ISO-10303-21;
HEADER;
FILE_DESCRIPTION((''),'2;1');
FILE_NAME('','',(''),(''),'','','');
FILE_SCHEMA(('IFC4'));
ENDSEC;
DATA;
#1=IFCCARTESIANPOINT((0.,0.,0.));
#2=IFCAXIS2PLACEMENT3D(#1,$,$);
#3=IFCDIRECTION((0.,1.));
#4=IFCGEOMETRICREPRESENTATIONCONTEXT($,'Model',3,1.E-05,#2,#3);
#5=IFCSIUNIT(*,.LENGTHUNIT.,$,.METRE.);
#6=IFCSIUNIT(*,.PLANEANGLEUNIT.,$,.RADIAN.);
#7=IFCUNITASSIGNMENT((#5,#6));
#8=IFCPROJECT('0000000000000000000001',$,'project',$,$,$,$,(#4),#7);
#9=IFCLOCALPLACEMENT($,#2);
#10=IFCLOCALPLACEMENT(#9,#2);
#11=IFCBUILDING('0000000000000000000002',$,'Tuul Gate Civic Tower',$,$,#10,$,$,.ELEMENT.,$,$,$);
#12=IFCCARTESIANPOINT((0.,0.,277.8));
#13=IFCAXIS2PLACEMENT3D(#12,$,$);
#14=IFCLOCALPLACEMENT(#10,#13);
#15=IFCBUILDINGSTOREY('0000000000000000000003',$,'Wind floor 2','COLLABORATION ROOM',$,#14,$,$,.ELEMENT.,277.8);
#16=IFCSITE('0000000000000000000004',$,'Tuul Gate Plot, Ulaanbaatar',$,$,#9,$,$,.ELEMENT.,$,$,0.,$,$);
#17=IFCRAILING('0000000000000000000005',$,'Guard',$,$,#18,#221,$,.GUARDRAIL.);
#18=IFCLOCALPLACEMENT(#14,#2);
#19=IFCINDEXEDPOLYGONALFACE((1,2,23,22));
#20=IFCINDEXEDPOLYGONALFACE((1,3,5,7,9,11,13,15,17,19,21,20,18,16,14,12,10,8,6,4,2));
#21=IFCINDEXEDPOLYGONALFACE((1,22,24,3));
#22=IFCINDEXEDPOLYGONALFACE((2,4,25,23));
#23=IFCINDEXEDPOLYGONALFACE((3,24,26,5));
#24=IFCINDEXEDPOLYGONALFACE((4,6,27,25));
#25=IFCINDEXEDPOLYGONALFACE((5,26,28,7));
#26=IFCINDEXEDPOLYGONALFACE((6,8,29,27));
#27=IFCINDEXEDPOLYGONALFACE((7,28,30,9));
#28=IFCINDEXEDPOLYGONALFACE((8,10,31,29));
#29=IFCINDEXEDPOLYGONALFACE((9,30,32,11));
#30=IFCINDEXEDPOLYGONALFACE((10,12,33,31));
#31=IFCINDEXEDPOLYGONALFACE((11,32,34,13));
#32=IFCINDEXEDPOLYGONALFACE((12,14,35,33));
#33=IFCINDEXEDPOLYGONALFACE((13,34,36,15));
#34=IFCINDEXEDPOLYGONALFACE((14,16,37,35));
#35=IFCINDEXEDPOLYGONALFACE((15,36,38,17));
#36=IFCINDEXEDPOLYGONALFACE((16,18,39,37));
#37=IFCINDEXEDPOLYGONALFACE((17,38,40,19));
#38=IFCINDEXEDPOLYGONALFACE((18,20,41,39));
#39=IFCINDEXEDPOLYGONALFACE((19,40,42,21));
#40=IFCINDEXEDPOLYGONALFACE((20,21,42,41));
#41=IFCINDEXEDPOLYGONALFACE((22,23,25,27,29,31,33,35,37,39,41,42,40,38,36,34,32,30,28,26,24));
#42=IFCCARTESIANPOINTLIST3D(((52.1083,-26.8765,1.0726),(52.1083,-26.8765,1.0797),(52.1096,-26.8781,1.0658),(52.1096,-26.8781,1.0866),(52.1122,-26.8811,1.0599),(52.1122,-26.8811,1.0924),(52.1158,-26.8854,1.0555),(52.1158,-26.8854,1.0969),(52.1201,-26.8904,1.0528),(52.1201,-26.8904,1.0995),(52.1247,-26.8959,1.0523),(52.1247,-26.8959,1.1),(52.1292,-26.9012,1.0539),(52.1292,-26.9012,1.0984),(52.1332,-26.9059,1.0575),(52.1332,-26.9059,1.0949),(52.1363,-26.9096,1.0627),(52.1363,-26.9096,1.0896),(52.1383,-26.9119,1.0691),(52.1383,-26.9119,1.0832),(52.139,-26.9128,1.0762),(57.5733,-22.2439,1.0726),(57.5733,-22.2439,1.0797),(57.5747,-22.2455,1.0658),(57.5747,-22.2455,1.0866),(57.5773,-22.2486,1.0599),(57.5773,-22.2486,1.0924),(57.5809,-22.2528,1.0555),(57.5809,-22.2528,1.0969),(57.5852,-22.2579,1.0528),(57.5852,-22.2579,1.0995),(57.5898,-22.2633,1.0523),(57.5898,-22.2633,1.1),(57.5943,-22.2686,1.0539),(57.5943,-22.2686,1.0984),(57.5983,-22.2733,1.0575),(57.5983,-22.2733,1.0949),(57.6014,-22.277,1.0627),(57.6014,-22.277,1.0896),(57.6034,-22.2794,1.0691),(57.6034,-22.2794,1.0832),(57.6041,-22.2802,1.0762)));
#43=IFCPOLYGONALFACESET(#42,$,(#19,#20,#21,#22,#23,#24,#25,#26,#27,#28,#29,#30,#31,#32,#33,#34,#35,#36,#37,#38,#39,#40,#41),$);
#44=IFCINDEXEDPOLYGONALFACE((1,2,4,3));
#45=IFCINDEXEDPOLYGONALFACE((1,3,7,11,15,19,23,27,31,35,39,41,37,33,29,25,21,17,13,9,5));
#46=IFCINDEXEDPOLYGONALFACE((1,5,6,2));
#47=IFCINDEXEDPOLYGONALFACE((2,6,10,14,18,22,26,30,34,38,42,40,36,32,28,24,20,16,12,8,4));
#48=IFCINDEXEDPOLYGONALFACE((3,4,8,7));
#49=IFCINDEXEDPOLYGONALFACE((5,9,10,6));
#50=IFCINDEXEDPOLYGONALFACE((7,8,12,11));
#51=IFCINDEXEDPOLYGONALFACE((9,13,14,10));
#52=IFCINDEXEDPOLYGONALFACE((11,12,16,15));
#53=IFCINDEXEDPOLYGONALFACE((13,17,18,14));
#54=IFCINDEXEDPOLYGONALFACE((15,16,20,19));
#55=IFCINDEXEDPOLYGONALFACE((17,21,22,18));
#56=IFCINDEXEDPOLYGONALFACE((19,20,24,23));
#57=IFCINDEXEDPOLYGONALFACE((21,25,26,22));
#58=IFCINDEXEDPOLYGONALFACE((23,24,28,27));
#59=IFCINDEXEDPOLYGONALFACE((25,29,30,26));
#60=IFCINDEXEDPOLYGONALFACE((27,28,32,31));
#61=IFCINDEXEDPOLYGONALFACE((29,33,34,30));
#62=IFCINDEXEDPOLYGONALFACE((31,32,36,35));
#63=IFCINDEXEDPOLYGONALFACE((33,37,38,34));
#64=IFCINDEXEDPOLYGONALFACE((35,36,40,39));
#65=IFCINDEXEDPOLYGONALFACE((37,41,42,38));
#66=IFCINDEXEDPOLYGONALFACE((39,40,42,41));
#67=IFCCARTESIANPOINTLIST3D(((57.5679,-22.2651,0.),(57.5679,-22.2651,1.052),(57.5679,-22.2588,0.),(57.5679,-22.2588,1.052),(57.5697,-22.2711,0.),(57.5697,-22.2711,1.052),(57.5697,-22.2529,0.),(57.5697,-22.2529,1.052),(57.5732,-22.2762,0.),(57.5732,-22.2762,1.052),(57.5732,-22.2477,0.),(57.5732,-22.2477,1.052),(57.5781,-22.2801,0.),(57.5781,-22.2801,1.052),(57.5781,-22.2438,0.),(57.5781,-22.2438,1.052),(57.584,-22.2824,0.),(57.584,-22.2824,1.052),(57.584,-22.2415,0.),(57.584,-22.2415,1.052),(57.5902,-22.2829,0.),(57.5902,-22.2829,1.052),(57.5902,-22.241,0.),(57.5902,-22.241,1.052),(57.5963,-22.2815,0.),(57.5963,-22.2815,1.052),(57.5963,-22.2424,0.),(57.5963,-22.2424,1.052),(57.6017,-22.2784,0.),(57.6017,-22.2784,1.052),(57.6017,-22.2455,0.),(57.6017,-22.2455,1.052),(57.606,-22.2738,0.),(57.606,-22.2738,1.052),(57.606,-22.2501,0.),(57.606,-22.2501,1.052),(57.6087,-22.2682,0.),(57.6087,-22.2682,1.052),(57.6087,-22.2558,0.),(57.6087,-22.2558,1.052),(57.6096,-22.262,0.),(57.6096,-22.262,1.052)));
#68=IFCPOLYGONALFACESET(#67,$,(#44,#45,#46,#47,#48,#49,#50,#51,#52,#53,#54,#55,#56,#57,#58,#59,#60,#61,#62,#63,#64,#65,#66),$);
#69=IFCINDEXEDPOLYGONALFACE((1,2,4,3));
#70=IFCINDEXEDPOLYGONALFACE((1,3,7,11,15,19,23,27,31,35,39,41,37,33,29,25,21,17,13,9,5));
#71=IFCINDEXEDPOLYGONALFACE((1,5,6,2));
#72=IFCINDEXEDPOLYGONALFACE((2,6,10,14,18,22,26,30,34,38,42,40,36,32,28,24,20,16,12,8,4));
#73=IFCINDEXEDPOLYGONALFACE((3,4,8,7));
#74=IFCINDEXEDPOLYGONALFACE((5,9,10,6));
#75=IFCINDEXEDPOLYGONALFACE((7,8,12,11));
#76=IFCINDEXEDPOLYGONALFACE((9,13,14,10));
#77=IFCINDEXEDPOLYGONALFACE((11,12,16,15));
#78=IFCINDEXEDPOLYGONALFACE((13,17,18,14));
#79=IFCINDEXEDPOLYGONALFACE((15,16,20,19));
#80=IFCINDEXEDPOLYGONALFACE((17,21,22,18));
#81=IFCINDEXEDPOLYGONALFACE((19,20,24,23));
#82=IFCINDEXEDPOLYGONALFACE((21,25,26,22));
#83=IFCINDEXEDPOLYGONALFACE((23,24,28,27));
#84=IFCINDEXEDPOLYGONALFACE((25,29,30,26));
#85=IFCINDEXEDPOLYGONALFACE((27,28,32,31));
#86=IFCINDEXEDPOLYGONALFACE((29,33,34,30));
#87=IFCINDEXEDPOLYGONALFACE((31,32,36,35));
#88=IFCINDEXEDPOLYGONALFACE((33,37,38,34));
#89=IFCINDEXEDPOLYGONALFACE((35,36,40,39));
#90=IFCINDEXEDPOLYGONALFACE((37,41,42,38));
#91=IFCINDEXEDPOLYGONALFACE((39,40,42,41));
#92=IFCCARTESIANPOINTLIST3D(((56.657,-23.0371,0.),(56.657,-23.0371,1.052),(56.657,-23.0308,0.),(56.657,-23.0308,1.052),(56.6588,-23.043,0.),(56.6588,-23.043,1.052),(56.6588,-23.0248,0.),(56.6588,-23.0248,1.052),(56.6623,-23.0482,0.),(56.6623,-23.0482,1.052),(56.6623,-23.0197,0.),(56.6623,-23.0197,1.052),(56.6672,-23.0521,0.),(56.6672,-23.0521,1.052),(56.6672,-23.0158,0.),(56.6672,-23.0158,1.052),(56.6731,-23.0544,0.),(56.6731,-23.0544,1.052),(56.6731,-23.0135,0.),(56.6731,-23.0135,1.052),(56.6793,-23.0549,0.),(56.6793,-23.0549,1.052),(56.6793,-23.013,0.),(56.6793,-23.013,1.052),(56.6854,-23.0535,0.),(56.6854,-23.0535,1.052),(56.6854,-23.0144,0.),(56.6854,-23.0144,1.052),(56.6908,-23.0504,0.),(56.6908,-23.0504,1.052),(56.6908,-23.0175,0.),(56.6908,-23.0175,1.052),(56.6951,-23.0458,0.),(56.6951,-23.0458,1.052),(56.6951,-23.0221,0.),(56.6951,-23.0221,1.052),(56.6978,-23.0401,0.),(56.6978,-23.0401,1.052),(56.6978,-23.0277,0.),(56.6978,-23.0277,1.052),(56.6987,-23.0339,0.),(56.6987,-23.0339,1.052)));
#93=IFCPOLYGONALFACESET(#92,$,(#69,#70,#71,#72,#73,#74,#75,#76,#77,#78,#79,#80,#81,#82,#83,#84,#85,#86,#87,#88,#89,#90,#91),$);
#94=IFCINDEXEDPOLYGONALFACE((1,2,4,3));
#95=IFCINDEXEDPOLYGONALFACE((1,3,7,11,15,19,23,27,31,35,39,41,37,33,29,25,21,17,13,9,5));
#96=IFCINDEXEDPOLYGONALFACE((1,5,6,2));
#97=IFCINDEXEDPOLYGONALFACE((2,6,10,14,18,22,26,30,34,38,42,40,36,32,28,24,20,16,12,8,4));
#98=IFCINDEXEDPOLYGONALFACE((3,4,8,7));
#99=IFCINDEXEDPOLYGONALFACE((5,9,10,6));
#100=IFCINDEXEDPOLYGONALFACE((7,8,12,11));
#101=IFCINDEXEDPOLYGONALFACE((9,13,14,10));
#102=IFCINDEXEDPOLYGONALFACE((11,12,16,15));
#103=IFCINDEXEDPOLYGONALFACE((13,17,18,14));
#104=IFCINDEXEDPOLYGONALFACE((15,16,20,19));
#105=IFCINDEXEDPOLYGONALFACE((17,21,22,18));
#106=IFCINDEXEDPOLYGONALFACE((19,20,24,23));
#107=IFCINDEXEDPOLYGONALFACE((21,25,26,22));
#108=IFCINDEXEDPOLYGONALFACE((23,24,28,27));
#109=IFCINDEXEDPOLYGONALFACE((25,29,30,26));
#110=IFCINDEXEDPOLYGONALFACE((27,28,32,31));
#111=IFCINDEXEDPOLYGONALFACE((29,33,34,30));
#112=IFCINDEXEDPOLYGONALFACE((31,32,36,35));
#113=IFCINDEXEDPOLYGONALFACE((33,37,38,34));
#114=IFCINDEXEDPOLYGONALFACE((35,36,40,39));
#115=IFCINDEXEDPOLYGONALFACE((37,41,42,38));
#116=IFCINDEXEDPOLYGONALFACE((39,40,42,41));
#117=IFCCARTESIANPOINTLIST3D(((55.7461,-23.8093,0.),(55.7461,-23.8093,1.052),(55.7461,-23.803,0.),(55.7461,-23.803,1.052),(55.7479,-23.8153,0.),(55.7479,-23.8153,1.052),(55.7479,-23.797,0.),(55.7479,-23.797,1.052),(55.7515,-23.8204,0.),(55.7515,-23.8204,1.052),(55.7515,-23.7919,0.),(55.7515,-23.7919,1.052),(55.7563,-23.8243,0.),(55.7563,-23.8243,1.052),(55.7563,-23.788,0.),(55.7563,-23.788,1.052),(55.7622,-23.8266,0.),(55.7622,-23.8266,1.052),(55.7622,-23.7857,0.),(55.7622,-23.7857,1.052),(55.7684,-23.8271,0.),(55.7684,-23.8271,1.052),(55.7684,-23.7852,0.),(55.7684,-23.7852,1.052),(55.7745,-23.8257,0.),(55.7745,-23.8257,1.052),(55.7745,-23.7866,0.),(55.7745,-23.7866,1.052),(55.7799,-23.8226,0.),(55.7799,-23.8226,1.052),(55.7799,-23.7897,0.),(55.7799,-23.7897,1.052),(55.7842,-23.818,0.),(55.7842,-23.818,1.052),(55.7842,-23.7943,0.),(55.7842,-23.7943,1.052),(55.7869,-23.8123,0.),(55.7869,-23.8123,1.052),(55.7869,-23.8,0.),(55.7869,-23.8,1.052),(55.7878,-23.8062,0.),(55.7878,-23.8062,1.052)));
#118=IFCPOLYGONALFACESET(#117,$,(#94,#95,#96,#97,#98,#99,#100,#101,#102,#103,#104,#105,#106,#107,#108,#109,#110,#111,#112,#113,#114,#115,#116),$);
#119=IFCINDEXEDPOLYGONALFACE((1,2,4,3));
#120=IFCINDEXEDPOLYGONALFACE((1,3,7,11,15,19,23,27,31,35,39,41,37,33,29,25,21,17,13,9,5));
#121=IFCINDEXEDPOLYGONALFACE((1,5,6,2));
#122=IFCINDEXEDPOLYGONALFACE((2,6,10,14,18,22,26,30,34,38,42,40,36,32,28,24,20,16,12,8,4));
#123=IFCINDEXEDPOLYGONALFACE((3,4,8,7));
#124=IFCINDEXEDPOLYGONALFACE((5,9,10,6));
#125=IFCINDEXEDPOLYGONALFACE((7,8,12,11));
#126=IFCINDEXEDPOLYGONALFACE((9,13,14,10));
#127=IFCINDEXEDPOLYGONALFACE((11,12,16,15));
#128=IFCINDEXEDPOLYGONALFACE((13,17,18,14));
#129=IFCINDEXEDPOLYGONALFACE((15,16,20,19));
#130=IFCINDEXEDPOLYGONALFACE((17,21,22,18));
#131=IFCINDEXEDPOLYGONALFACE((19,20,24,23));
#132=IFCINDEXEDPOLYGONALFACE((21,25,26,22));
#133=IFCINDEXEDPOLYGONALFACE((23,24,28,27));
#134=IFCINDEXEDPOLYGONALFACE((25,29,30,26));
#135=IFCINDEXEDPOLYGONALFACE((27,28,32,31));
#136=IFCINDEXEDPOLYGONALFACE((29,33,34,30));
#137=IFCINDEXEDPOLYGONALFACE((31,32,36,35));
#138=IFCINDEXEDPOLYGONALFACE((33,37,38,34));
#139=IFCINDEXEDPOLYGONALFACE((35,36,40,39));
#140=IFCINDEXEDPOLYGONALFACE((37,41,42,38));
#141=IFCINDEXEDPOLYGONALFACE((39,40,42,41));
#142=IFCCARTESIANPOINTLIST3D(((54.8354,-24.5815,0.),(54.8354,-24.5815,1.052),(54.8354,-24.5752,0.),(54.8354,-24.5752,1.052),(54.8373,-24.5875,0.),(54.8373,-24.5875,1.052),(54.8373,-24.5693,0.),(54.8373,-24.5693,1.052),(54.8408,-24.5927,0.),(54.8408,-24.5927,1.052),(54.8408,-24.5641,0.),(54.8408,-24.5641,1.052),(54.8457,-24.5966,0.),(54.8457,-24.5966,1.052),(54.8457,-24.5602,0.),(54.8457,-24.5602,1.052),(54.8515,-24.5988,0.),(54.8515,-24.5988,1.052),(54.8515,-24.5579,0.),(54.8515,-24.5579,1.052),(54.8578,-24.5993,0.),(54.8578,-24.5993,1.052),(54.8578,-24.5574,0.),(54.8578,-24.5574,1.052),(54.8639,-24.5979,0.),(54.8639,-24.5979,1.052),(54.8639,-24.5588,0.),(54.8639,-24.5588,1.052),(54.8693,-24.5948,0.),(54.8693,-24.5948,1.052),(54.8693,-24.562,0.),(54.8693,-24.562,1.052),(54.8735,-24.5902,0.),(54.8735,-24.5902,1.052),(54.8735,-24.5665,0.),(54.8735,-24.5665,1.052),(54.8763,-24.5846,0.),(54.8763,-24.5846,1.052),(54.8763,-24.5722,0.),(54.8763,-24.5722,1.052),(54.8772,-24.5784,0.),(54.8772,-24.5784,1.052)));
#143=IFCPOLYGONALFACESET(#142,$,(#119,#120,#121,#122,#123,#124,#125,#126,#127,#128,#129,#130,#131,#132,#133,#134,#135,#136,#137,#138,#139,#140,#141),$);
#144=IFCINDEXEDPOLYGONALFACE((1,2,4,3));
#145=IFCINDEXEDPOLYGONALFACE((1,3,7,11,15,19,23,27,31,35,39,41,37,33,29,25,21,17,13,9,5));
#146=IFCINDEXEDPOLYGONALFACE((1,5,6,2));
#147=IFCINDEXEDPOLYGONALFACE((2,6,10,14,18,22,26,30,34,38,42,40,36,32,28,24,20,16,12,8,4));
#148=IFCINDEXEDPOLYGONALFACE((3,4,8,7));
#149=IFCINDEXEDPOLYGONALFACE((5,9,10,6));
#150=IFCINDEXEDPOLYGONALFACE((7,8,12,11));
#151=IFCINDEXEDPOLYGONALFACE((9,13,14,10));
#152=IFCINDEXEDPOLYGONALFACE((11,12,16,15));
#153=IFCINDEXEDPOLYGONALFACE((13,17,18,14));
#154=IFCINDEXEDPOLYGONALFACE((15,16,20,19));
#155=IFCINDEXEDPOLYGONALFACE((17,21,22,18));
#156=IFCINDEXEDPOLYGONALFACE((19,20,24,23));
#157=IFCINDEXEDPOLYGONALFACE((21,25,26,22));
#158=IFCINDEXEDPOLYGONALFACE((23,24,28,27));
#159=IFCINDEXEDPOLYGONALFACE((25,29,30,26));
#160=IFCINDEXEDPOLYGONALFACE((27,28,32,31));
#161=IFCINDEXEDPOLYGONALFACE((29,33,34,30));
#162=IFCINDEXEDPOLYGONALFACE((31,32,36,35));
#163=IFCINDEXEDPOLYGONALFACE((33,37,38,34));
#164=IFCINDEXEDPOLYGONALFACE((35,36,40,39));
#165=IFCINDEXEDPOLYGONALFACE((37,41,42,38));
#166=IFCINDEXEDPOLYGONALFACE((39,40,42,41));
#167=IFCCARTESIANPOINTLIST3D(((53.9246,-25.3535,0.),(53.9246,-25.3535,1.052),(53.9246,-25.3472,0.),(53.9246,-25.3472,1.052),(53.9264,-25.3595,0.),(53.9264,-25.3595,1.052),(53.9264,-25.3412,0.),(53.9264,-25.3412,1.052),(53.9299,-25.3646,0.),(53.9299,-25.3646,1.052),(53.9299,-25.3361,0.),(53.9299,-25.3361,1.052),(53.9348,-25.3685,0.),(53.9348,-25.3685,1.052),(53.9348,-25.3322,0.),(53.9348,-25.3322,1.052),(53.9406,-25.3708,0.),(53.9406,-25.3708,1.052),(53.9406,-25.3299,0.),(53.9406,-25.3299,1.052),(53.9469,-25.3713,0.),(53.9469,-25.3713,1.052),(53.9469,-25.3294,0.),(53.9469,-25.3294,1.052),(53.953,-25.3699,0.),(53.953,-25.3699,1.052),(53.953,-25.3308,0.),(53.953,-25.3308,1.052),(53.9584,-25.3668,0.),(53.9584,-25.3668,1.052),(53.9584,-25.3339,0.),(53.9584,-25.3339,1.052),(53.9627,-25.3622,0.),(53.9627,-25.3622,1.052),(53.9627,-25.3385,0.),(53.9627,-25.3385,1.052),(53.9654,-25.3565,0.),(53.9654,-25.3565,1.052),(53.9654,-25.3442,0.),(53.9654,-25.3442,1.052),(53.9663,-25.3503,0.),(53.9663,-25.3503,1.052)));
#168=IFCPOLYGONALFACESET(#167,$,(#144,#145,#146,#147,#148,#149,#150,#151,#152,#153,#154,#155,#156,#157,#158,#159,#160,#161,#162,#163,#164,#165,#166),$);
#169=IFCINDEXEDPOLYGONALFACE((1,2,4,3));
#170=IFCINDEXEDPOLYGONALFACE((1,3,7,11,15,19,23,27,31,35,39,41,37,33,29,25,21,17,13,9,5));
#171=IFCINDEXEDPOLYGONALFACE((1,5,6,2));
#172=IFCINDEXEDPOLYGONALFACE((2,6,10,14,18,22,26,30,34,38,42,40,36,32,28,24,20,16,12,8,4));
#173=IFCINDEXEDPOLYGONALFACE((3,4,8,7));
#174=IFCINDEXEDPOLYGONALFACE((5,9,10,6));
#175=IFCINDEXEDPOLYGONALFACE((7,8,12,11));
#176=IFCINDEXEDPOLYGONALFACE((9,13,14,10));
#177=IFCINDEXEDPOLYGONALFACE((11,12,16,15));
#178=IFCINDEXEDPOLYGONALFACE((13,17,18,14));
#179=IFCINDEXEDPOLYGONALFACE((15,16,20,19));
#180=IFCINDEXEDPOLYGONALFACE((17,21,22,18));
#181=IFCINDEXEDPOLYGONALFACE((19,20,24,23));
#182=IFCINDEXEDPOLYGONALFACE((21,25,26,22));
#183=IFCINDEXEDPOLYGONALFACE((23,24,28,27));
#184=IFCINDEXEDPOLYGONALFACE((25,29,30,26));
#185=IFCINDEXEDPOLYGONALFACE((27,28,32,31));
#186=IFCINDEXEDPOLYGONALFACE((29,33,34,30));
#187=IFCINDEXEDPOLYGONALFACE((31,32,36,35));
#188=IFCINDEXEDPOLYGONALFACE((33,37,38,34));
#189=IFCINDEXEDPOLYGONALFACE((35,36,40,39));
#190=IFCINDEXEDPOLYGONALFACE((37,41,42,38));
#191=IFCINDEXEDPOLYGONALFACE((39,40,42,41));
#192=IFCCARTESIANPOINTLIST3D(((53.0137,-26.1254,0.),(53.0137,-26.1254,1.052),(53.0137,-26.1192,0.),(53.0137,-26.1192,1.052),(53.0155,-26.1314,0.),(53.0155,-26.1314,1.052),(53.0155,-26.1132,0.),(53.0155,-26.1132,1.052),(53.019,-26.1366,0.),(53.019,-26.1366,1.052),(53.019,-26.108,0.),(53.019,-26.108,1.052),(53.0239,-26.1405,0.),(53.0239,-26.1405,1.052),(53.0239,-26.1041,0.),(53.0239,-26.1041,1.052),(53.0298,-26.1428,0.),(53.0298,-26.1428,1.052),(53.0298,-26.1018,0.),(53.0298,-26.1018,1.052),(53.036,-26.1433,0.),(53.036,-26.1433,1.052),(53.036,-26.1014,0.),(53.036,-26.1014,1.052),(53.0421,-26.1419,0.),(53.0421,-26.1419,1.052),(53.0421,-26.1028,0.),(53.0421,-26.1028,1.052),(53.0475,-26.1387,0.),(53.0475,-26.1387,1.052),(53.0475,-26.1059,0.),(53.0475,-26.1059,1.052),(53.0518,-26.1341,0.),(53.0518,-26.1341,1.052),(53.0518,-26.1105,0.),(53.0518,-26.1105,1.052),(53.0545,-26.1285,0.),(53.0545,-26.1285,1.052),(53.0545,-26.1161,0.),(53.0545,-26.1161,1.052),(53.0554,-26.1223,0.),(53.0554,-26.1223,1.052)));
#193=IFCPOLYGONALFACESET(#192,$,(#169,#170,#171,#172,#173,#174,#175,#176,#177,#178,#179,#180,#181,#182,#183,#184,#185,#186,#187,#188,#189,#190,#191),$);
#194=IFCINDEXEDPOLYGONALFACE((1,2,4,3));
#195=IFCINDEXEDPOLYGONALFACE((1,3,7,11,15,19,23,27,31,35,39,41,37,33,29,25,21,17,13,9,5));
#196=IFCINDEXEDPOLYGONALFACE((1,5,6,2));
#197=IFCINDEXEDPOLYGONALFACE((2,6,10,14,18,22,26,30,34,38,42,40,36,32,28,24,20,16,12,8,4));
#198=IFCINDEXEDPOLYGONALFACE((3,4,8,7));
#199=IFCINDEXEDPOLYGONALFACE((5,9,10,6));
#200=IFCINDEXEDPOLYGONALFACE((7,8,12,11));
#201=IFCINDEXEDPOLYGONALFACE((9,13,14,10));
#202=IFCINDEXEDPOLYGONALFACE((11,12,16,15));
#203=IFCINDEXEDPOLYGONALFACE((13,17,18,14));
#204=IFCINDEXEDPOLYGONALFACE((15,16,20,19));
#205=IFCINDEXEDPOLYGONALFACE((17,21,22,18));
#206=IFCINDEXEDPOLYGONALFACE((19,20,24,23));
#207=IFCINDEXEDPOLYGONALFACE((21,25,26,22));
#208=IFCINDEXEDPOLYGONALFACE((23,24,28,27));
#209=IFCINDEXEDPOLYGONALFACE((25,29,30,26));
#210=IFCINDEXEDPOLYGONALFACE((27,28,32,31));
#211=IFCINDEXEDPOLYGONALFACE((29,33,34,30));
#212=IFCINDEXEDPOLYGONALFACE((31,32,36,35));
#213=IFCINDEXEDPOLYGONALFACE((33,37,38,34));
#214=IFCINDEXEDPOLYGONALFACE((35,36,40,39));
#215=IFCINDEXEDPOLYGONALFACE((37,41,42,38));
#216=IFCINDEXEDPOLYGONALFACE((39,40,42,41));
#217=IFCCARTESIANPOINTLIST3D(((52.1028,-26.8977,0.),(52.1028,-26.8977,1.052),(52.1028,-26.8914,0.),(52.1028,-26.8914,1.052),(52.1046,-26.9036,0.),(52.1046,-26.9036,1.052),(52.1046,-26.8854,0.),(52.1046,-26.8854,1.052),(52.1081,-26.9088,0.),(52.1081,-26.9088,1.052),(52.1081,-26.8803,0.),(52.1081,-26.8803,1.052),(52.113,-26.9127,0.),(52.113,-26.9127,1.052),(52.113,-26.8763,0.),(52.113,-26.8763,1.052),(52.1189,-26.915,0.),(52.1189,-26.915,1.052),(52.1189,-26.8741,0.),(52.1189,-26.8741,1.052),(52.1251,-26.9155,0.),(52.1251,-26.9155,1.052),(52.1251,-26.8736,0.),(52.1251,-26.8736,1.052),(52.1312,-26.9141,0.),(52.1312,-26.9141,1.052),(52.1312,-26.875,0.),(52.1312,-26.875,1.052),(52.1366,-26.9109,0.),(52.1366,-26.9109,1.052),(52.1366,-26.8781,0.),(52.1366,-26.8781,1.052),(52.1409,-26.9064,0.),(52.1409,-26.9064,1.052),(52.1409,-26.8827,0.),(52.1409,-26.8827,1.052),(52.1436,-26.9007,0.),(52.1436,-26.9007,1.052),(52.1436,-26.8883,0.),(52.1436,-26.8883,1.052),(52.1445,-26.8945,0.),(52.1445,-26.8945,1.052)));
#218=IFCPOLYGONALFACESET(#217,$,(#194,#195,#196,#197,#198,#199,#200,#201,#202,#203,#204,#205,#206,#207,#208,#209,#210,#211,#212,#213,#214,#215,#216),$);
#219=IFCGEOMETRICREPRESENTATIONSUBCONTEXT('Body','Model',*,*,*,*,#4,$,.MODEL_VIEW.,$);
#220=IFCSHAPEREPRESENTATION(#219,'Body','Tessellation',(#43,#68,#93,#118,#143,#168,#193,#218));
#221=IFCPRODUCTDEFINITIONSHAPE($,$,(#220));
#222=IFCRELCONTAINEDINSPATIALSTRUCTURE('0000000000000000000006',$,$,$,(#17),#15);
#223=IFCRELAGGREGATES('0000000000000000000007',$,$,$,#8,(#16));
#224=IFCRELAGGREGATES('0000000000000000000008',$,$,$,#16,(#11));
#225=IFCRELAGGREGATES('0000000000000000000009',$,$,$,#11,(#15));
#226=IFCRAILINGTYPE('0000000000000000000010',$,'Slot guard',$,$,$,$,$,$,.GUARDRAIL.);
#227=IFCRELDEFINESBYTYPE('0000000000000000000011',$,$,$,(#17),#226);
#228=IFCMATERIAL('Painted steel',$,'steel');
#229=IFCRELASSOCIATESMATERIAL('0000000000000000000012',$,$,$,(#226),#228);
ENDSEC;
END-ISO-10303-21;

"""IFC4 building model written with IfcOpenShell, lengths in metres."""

from ifc_helpers import new_model, si_unit, direction, frame, origin, origin_2d, place, context, subcontext, project, spatial, circle, extrude, material, type_object, element, save


model = new_model("IFC4")

# Units and contexts
model_context = context("Model", 3, precision=1e-05, world=origin(), true_north=direction((0.0, 1.0)))
body_context = subcontext(model_context, "Body", "Model", "MODEL_VIEW")
ifc_project = project(units=[si_unit("LENGTHUNIT", "METRE"), si_unit("PLANEANGLEUNIT", "RADIAN")], contexts=[model_context])

# Site, building, storey
site_placement = place(None, origin())
site = spatial("IfcSite", under=ifc_project, at=site_placement, Name="Tuul Gate Plot, Ulaanbaatar", CompositionType="ELEMENT", RefElevation=0.0)
building_placement = place(site_placement, origin())
building = spatial("IfcBuilding", under=site, at=building_placement, Name="Tuul Gate Civic Tower", CompositionType="ELEMENT")
storey_placement = place(building_placement, frame((0.0, 0.0, 277.8)))
storey = spatial("IfcBuildingStorey", under=building, at=storey_placement, Name="Wind floor 2", Description="COLLABORATION ROOM", CompositionType="ELEMENT", Elevation=277.8)

# Railing
ifc_material_1 = material(Name="Painted steel", Category="steel")
railing_type = type_object("IfcRailingType", Name="Slot guard", PredefinedType="GUARDRAIL", material=ifc_material_1)
railing_1_placement = place(storey_placement, frame((57.5886, -22.262, 0.0)))
element("IfcRailing", 1, at=railing_1_placement, inside=storey, type_object=railing_type, Name="Guard", PredefinedType="GUARDRAIL", context=body_context, shape_type="SweptSolid", body=[
    extrude(circle(Radius=0.0239, at=origin_2d()), frame((0.0, 0.0, 1.0762), z_axis=(-0.762817, -0.646614, 0.0), x_axis=(0.646614, -0.762817, 0.0)), (0.0, 0.0, 1.0), 7.1643),
    extrude(circle(Radius=0.021, at=origin_2d()), origin(), (0.0, 0.0, 1.0), 1.052),
    extrude(circle(Radius=0.021, at=origin_2d()), frame((-0.9109, -0.772, 0.0)), (0.0, 0.0, 1.0), 1.052),
    extrude(circle(Radius=0.021, at=origin_2d()), frame((-1.8218, -1.5442, 0.0)), (0.0, 0.0, 1.0), 1.052),
    extrude(circle(Radius=0.021, at=origin_2d()), frame((-2.7324, -2.3164, 0.0)), (0.0, 0.0, 1.0), 1.052),
    extrude(circle(Radius=0.021, at=origin_2d()), frame((-3.6433, -3.0884, 0.0)), (0.0, 0.0, 1.0), 1.052),
    extrude(circle(Radius=0.021, at=origin_2d()), frame((-4.5542, -3.8604, 0.0)), (0.0, 0.0, 1.0), 1.052),
    extrude(circle(Radius=0.021, at=origin_2d()), frame((-5.4651, -4.6326, 0.0)), (0.0, 0.0, 1.0), 1.052),
])

save(model, "model.ifc")
